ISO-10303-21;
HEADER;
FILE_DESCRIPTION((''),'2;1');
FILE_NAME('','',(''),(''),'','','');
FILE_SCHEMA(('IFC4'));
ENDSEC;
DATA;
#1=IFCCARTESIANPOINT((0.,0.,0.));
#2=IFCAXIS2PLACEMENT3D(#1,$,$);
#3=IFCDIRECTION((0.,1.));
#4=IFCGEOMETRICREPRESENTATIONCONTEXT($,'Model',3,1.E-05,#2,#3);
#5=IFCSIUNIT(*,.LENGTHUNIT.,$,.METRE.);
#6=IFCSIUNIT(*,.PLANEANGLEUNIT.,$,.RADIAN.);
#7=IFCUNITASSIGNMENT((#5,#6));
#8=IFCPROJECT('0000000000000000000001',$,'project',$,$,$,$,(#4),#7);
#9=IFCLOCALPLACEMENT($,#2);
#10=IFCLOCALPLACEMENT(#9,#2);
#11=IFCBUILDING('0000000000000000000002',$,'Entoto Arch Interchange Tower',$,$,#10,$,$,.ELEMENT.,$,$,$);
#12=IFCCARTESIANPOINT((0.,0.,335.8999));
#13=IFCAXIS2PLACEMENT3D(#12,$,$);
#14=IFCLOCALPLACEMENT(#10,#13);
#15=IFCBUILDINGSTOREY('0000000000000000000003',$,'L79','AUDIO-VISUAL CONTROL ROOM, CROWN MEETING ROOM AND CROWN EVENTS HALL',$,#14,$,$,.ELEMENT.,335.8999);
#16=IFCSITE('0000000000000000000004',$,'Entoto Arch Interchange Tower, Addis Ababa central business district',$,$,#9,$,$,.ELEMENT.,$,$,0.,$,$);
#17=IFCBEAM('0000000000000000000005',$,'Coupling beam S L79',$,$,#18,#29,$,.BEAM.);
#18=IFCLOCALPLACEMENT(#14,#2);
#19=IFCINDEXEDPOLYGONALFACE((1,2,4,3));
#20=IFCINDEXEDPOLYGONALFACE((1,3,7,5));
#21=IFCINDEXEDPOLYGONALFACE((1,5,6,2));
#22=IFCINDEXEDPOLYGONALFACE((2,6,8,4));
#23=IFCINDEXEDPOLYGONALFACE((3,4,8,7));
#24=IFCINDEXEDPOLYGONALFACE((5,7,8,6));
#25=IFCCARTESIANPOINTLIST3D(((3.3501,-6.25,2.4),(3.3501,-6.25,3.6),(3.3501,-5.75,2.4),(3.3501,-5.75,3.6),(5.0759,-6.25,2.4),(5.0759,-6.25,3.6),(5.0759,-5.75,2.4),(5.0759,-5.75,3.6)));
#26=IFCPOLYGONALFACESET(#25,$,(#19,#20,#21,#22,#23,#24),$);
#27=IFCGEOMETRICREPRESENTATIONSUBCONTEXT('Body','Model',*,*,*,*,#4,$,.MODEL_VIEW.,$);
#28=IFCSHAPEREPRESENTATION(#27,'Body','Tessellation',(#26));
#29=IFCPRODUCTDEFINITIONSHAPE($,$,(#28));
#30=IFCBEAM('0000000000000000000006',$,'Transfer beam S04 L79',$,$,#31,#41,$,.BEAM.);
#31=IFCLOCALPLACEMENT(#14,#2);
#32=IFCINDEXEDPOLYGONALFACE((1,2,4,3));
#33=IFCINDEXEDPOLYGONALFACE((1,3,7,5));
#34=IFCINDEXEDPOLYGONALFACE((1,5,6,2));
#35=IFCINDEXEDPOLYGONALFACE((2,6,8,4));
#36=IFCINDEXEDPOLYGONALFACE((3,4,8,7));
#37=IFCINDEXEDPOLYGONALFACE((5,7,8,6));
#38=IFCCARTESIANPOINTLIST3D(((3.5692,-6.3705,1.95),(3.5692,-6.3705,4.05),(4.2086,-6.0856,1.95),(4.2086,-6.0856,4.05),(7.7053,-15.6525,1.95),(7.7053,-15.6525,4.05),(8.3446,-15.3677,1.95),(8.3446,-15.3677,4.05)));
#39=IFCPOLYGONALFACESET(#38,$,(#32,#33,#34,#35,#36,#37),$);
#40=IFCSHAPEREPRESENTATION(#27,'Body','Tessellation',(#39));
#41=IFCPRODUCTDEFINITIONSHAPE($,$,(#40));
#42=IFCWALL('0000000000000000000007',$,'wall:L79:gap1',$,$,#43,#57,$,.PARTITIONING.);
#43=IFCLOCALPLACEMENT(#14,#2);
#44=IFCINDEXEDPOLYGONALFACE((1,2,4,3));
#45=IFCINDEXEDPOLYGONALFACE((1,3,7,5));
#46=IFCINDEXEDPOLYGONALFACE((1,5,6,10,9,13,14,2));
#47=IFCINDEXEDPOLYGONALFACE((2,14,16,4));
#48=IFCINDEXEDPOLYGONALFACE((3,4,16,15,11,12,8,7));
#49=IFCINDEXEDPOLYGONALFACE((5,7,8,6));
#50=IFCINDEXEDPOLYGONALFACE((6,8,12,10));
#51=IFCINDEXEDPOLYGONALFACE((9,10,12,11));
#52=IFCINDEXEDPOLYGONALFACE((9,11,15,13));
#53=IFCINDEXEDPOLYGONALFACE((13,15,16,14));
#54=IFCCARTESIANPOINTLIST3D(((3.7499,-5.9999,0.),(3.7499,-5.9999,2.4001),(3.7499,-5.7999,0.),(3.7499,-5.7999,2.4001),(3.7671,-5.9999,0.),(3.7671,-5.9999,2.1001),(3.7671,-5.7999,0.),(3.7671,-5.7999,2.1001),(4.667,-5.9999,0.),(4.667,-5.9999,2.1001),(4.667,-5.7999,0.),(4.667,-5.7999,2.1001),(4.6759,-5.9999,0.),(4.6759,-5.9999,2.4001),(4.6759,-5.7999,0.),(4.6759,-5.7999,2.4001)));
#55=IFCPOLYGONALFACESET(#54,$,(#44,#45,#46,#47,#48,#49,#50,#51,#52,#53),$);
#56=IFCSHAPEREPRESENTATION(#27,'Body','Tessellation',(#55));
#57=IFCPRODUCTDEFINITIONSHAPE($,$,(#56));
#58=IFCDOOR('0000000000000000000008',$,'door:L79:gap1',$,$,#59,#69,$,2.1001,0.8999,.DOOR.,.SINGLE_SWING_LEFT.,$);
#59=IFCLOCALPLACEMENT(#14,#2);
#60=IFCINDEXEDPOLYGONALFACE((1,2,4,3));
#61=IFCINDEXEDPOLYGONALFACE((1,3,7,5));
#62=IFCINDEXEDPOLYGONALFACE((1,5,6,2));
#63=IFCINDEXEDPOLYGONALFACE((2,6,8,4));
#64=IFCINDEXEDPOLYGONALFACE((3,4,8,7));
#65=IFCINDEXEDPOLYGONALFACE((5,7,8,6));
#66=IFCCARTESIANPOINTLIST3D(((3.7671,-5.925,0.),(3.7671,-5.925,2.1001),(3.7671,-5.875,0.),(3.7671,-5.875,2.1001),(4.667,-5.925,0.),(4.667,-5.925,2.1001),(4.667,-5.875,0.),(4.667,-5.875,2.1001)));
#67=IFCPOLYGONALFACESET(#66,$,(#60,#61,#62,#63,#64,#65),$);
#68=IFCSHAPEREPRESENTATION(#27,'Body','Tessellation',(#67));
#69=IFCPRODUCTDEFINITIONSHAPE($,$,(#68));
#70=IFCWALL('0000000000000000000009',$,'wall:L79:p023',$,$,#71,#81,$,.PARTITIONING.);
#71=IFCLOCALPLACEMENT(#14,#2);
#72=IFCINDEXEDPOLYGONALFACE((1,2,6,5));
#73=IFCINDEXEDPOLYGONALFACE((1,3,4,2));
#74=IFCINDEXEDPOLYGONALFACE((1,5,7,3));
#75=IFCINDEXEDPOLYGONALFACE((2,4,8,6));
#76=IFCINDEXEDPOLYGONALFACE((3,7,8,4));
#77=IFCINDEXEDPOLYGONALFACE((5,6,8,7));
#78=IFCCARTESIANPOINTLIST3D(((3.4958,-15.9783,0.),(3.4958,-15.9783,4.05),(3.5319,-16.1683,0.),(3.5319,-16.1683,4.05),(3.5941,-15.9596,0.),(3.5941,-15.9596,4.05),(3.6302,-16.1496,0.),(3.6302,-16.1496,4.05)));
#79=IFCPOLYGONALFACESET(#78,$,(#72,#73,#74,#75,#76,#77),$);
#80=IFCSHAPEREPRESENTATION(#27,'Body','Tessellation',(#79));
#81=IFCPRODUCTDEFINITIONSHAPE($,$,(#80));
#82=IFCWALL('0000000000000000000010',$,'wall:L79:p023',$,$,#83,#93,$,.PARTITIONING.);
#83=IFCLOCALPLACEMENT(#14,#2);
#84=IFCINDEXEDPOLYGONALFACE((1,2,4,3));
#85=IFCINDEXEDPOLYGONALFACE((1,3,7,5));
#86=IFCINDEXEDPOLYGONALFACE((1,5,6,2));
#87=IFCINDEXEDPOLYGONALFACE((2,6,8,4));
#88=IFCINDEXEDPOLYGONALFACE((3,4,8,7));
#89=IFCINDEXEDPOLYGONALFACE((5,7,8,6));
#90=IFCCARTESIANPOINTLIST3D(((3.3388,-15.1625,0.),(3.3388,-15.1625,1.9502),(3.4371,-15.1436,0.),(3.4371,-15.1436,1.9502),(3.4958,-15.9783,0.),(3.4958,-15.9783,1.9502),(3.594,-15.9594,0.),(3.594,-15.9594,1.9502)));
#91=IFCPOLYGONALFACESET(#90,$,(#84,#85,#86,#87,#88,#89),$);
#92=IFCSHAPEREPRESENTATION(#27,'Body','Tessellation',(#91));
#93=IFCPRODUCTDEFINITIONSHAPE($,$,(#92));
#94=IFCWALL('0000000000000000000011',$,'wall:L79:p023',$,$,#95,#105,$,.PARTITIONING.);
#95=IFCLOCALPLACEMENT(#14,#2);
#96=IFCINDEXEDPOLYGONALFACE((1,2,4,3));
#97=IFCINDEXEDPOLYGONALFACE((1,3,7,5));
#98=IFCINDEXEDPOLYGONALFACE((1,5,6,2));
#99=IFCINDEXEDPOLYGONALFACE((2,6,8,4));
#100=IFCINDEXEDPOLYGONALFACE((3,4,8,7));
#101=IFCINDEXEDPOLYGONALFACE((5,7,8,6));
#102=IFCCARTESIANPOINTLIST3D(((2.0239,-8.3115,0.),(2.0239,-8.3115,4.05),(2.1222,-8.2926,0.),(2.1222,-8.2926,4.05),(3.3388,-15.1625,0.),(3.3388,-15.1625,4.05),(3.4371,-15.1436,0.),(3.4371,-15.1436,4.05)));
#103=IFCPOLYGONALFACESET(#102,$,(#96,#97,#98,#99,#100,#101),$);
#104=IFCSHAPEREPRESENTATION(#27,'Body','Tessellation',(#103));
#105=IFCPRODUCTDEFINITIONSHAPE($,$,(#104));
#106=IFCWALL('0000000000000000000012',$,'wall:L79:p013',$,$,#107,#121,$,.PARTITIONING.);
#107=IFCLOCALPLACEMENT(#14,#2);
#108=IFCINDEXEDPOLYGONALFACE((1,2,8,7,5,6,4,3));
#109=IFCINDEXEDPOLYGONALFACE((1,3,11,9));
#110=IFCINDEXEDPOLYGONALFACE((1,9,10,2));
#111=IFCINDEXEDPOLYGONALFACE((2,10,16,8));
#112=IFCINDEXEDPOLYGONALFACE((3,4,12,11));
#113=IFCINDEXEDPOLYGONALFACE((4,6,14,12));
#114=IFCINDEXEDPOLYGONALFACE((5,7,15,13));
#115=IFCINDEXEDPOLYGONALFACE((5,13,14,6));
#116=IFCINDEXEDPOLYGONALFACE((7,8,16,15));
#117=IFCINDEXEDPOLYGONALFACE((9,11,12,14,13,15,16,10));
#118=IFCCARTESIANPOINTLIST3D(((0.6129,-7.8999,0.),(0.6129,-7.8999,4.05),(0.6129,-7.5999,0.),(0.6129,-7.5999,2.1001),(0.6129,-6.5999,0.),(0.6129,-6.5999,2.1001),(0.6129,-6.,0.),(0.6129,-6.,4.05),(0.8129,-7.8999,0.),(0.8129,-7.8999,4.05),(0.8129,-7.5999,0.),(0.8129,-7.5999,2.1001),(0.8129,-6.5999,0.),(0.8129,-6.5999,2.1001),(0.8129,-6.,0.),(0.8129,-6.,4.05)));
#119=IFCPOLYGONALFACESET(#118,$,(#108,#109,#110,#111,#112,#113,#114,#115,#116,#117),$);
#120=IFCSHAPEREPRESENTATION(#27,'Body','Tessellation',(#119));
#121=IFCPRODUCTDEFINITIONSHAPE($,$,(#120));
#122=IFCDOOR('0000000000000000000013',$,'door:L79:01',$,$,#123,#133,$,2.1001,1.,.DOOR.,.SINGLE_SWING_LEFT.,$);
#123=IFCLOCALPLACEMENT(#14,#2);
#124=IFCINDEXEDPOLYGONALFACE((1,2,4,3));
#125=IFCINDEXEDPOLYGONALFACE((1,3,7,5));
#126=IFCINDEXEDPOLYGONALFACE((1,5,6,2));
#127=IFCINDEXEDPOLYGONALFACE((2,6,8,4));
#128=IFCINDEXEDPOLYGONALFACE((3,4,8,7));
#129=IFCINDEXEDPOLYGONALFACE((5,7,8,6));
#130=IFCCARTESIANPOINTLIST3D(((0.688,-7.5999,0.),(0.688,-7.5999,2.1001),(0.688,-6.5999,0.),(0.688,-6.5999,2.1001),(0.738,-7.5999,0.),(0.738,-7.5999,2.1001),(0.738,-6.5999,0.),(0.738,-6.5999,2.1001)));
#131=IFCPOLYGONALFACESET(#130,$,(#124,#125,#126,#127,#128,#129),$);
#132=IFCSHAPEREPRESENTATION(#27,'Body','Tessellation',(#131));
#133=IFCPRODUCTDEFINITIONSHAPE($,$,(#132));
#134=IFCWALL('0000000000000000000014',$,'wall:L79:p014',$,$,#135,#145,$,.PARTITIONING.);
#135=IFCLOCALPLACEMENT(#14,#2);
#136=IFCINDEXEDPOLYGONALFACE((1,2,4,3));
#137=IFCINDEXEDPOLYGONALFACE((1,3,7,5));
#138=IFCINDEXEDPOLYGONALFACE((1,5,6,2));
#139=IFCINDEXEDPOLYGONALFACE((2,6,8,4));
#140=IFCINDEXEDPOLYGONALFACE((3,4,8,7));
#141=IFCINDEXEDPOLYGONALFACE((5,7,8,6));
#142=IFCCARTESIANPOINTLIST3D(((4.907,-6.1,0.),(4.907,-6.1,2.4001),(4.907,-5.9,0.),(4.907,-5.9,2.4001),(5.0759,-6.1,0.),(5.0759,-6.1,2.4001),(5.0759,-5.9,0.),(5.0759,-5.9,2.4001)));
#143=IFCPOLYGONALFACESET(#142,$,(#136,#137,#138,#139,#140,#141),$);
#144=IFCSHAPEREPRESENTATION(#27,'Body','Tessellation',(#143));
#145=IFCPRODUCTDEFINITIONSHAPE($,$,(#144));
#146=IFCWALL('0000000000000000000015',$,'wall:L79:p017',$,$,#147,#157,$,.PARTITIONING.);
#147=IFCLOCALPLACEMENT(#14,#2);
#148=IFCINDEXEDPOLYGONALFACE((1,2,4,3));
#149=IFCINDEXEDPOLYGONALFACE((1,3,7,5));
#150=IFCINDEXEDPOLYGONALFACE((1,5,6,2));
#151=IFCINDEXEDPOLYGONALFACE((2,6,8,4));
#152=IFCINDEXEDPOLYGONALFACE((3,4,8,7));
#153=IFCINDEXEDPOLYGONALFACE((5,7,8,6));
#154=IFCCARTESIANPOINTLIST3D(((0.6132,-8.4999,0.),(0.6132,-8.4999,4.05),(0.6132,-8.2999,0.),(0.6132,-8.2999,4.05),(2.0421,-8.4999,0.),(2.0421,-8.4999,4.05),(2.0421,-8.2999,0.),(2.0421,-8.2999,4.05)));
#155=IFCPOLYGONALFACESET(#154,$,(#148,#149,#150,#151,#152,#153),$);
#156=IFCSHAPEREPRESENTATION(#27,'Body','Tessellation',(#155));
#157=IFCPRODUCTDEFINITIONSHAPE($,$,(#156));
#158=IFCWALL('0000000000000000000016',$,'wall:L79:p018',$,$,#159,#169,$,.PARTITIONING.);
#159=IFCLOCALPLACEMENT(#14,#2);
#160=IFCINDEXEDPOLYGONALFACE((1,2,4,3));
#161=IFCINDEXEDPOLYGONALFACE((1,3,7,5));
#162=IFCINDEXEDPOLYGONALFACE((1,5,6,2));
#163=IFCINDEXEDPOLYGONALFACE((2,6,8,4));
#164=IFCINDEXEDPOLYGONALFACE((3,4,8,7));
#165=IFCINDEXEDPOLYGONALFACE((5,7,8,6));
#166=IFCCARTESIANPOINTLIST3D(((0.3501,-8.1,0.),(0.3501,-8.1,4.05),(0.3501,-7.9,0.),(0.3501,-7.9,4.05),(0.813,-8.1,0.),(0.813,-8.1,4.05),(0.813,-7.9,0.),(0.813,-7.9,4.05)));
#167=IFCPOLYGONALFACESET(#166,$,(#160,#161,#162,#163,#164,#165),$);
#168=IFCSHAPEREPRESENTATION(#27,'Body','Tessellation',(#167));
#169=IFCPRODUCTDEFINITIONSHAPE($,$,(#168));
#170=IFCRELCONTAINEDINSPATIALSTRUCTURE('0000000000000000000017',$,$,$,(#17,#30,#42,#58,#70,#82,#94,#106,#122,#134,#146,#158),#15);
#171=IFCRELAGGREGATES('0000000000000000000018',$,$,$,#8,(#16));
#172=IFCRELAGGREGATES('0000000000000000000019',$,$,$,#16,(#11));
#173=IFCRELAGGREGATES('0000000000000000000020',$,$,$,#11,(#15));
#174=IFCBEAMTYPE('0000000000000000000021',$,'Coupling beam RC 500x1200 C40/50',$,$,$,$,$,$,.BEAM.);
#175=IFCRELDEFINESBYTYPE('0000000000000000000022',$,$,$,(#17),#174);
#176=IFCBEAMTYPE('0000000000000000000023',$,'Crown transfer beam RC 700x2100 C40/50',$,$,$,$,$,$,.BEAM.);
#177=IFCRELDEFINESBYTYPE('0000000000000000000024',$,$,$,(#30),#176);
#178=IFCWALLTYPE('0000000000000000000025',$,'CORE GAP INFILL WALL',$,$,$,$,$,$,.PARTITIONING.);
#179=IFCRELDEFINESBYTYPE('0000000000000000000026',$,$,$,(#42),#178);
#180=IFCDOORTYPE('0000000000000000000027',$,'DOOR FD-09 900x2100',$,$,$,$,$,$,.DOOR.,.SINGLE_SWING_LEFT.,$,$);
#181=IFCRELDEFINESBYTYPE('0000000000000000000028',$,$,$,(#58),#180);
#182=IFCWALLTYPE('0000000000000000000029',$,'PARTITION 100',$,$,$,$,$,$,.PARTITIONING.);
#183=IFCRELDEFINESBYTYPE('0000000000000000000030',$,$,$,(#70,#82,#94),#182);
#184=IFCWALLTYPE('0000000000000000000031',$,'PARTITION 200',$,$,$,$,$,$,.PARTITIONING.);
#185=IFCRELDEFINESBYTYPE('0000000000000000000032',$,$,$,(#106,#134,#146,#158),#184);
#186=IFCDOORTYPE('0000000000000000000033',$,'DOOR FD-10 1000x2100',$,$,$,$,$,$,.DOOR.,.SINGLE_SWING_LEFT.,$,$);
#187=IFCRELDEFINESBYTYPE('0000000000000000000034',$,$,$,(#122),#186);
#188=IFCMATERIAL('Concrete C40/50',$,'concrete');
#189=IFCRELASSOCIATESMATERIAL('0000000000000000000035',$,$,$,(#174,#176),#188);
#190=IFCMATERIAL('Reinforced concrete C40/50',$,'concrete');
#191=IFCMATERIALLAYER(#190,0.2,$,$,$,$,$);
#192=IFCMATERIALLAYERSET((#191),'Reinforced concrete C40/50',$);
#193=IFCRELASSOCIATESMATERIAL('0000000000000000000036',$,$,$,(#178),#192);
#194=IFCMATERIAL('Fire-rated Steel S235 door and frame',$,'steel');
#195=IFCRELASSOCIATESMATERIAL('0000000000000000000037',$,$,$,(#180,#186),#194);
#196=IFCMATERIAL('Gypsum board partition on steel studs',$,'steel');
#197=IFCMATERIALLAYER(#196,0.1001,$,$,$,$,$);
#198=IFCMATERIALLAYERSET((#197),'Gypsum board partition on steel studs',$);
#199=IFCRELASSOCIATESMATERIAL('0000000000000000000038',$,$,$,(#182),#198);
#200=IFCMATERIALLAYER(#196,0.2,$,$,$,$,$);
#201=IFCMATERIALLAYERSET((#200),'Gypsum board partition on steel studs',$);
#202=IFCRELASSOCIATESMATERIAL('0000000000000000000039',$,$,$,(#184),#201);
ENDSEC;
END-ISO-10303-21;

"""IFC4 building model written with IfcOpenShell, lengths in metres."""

from ifc_helpers import new_model, si_unit, direction, frame, frame_2d, origin, origin_2d, place, context, subcontext, project, spatial, rectangle, extrude, material, layer, layer_set, material_profile, profile_set, type_object, element, fill, save


model = new_model("IFC4")

# Units and contexts
model_context = context("Model", 3, precision=1e-05, world=origin(), true_north=direction((0.0, 1.0)))
body_context = subcontext(model_context, "Body", "Model", "MODEL_VIEW")
ifc_project = project(units=[si_unit("LENGTHUNIT", "METRE"), si_unit("PLANEANGLEUNIT", "RADIAN")], contexts=[model_context])

# Site, building, storey
site_placement = place(None, origin())
site = spatial("IfcSite", under=ifc_project, at=site_placement, Name="Entoto Arch Interchange Tower, Addis Ababa central business district", CompositionType="ELEMENT", RefElevation=0.0)
building_placement = place(site_placement, origin())
building = spatial("IfcBuilding", under=site, at=building_placement, Name="Entoto Arch Interchange Tower", CompositionType="ELEMENT")
storey_placement = place(building_placement, frame((0.0, 0.0, 335.8999)))
storey = spatial("IfcBuildingStorey", under=building, at=storey_placement, Name="L79", Description="AUDIO-VISUAL CONTROL ROOM, CROWN MEETING ROOM AND CROWN EVENTS HALL", CompositionType="ELEMENT", Elevation=335.8999)

# Beams
ifc_material_1 = material(Name="Concrete C40/50", Category="concrete")
ifc_material_profile_1 = material_profile(ifc_material_1, rectangle(XDim=0.5, YDim=1.2, at=origin_2d()))
ifc_profile_set_1 = profile_set([ifc_material_profile_1], Name="Concrete C40/50")
beam_type_1 = type_object("IfcBeamType", Name="Coupling beam RC 500x1200 C40/50", PredefinedType="BEAM", material=ifc_profile_set_1)
beam_1_placement = place(storey_placement, frame((3.3501, -6.0, 3.0), z_axis=(1.0, 0.0, 0.0), x_axis=(0.0, 1.0, 0.0)))
element("IfcBeam", 1, at=beam_1_placement, inside=storey, type_object=beam_type_1, Name="Coupling beam S L79", PredefinedType="BEAM", context=body_context, shape_type="SweptSolid", body=[
    extrude(rectangle(XDim=0.5, YDim=1.2, at=origin_2d()), origin(), (0.0, 0.0, 1.0), 1.7258),
])
ifc_material_profile_2 = material_profile(ifc_material_1, rectangle(XDim=0.7, YDim=2.1001, at=origin_2d()))
ifc_profile_set_2 = profile_set([ifc_material_profile_2], Name="Concrete C40/50")
beam_type_2 = type_object("IfcBeamType", Name="Crown transfer beam RC 700x2100 C40/50", PredefinedType="BEAM", material=ifc_profile_set_2)
beam_2_placement = place(storey_placement, frame((3.8889, -6.228, 3.0), z_axis=(0.407014, -0.913422, 0.0), x_axis=(0.913422, 0.407014, 0.0)))
element("IfcBeam", 2, at=beam_2_placement, inside=storey, type_object=beam_type_2, Name="Transfer beam S04 L79", PredefinedType="BEAM", context=body_context, shape_type="SweptSolid", body=[
    extrude(rectangle(XDim=0.7, YDim=2.1001, at=origin_2d()), origin(), (0.0, 0.0, 1.0), 10.1619),
])

# Wall, opening, door
ifc_material_2 = material(Name="Reinforced concrete C40/50", Category="concrete")
ifc_layer_1 = layer(ifc_material_2, 0.2)
ifc_layer_set_1 = layer_set([ifc_layer_1], Name="Reinforced concrete C40/50")
wall_type_1 = type_object("IfcWallType", Name="CORE GAP INFILL WALL", PredefinedType="PARTITIONING", material=ifc_layer_set_1)
wall_1_placement = place(storey_placement, frame((3.75, -5.8999, 0.0), z_axis=(0.0, 0.0, 1.0), x_axis=(1.0, 0.0, 0.0)))
wall_1 = element("IfcWall", 3, at=wall_1_placement, inside=storey, type_object=wall_type_1, Name="wall:L79:gap1", PredefinedType="PARTITIONING", context=body_context, shape_type="SweptSolid", body=[
    extrude(rectangle(XDim=0.926, YDim=0.2, at=frame_2d((0.4629, 0.0))), origin(), (0.0, 0.0, 1.0), 2.4001),
])
opening_1_placement = place(wall_1_placement, frame((0.0171, 0.0, 0.0)))
opening_1 = element("IfcOpeningElement", 4, at=opening_1_placement, cuts=wall_1, PredefinedType="OPENING", context=body_context, shape_type="SweptSolid", body=[
    extrude(rectangle(XDim=0.8999, YDim=2.1001, at=frame_2d((0.45, 1.05))), frame((0.0, 0.1099, 0.0), z_axis=(0.0, -1.0, 0.0), x_axis=(1.0, 0.0, 0.0)), (0.0, 0.0, 1.0), 0.22),
])
ifc_material_3 = material(Name="Fire-rated Steel S235 door and frame", Category="steel")
door_type_1 = type_object("IfcDoorType", Name="DOOR FD-09 900x2100", OperationType="SINGLE_SWING_LEFT", PredefinedType="DOOR", material=ifc_material_3)
door_1_placement = place(opening_1_placement, origin())
door_1 = element("IfcDoor", 5, at=door_1_placement, inside=storey, type_object=door_type_1, Name="door:L79:gap1", OperationType="SINGLE_SWING_LEFT", OverallHeight=2.1001, OverallWidth=0.8999, PredefinedType="DOOR", context=body_context, shape_type="SweptSolid", body=[
    extrude(rectangle(XDim=0.8999, YDim=2.1001, at=frame_2d((0.45, 1.05))), frame((0.0, 0.0249, 0.0), z_axis=(0.0, -1.0, 0.0), x_axis=(1.0, 0.0, 0.0)), (0.0, 0.0, 1.0), 0.05),
])
fill(opening_1, door_1)

# Walls
ifc_material_4 = material(Name="Gypsum board partition on steel studs", Category="steel")
ifc_layer_2 = layer(ifc_material_4, 0.1001)
ifc_layer_set_2 = layer_set([ifc_layer_2], Name="Gypsum board partition on steel studs")
wall_type_2 = type_object("IfcWallType", Name="PARTITION 100", PredefinedType="PARTITIONING", material=ifc_layer_set_2)
wall_2_placement = place(storey_placement, frame((3.5811, -16.1589, 0.0), z_axis=(0.0, 0.0, 1.0), x_axis=(-0.18688, 0.982383, 0.0)))
element("IfcWall", 6, at=wall_2_placement, inside=storey, type_object=wall_type_2, Name="wall:L79:p023", PredefinedType="PARTITIONING", context=body_context, shape_type="SweptSolid", body=[
    extrude(rectangle(XDim=0.1934, YDim=0.1001, at=frame_2d((0.0967, 0.0))), origin(), (0.0, 0.0, 1.0), 4.05),
])
wall_3_placement = place(storey_placement, frame((3.5449, -15.969, 0.0), z_axis=(0.0, 0.0, 1.0), x_axis=(-0.188935, 0.98199, 0.0)))
element("IfcWall", 7, at=wall_3_placement, inside=storey, type_object=wall_type_2, Name="wall:L79:p023", PredefinedType="PARTITIONING", context=body_context, shape_type="SweptSolid", body=[
    extrude(rectangle(XDim=0.8308, YDim=0.1001, at=frame_2d((0.4155, 0.0))), origin(), (0.0, 0.0, 1.0), 1.9502),
])
wall_4_placement = place(storey_placement, frame((3.3879, -15.1531, 0.0), z_axis=(0.0, 0.0, 1.0), x_axis=(-0.188492, 0.982075, 0.0)))
element("IfcWall", 8, at=wall_4_placement, inside=storey, type_object=wall_type_2, Name="wall:L79:p023", PredefinedType="PARTITIONING", context=body_context, shape_type="SweptSolid", body=[
    extrude(rectangle(XDim=6.9761, YDim=0.1001, at=frame_2d((3.488, 0.0))), origin(), (0.0, 0.0, 1.0), 4.05),
])

# Wall, opening, door
ifc_layer_3 = layer(ifc_material_4, 0.2)
ifc_layer_set_3 = layer_set([ifc_layer_3], Name="Gypsum board partition on steel studs")
wall_type_3 = type_object("IfcWallType", Name="PARTITION 200", PredefinedType="PARTITIONING", material=ifc_layer_set_3)
wall_5_placement = place(storey_placement, frame((0.7129, -7.8999, 0.0), z_axis=(0.0, 0.0, 1.0), x_axis=(0.0, 1.0, 0.0)))
wall_5 = element("IfcWall", 9, at=wall_5_placement, inside=storey, type_object=wall_type_3, Name="wall:L79:p013", PredefinedType="PARTITIONING", context=body_context, shape_type="SweptSolid", body=[
    extrude(rectangle(XDim=1.8999, YDim=0.2, at=frame_2d((0.95, 0.0))), origin(), (0.0, 0.0, 1.0), 4.05),
])
opening_2_placement = place(wall_5_placement, frame((0.3, 0.0, 0.0)))
opening_2 = element("IfcOpeningElement", 10, at=opening_2_placement, cuts=wall_5, PredefinedType="OPENING", context=body_context, shape_type="SweptSolid", body=[
    extrude(rectangle(XDim=1.0, YDim=2.1001, at=frame_2d((0.5, 1.05))), frame((0.0, 0.1099, 0.0), z_axis=(0.0, -1.0, 0.0), x_axis=(1.0, 0.0, 0.0)), (0.0, 0.0, 1.0), 0.22),
])
door_type_2 = type_object("IfcDoorType", Name="DOOR FD-10 1000x2100", OperationType="SINGLE_SWING_LEFT", PredefinedType="DOOR", material=ifc_material_3)
door_2_placement = place(opening_2_placement, origin())
door_2 = element("IfcDoor", 11, at=door_2_placement, inside=storey, type_object=door_type_2, Name="door:L79:01", OperationType="SINGLE_SWING_LEFT", OverallHeight=2.1001, OverallWidth=1.0, PredefinedType="DOOR", context=body_context, shape_type="SweptSolid", body=[
    extrude(rectangle(XDim=1.0, YDim=2.1001, at=frame_2d((0.5, 1.05))), frame((0.0, 0.0249, 0.0), z_axis=(0.0, -1.0, 0.0), x_axis=(1.0, 0.0, 0.0)), (0.0, 0.0, 1.0), 0.05),
])
fill(opening_2, door_2)

# Walls
wall_6_placement = place(storey_placement, frame((4.907, -6.0, 0.0), z_axis=(0.0, 0.0, 1.0), x_axis=(1.0, 0.0, 0.0)))
element("IfcWall", 12, at=wall_6_placement, inside=storey, type_object=wall_type_3, Name="wall:L79:p014", PredefinedType="PARTITIONING", context=body_context, shape_type="SweptSolid", body=[
    extrude(rectangle(XDim=0.1689, YDim=0.2, at=frame_2d((0.0845, 0.0))), origin(), (0.0, 0.0, 1.0), 2.4001),
])
wall_7_placement = place(storey_placement, frame((2.042, -8.3999, 0.0), z_axis=(0.0, 0.0, 1.0), x_axis=(-1.0, 0.0, 0.0)))
element("IfcWall", 13, at=wall_7_placement, inside=storey, type_object=wall_type_3, Name="wall:L79:p017", PredefinedType="PARTITIONING", context=body_context, shape_type="SweptSolid", body=[
    extrude(rectangle(XDim=1.429, YDim=0.2, at=frame_2d((0.7144, 0.0))), origin(), (0.0, 0.0, 1.0), 4.05),
])
wall_8_placement = place(storey_placement, frame((0.813, -8.0, 0.0), z_axis=(0.0, 0.0, 1.0), x_axis=(-1.0, 0.0, 0.0)))
element("IfcWall", 14, at=wall_8_placement, inside=storey, type_object=wall_type_3, Name="wall:L79:p018", PredefinedType="PARTITIONING", context=body_context, shape_type="SweptSolid", body=[
    extrude(rectangle(XDim=0.4629, YDim=0.2, at=frame_2d((0.2314, 0.0))), origin(), (0.0, 0.0, 1.0), 4.05),
])

save(model, "model.ifc")
